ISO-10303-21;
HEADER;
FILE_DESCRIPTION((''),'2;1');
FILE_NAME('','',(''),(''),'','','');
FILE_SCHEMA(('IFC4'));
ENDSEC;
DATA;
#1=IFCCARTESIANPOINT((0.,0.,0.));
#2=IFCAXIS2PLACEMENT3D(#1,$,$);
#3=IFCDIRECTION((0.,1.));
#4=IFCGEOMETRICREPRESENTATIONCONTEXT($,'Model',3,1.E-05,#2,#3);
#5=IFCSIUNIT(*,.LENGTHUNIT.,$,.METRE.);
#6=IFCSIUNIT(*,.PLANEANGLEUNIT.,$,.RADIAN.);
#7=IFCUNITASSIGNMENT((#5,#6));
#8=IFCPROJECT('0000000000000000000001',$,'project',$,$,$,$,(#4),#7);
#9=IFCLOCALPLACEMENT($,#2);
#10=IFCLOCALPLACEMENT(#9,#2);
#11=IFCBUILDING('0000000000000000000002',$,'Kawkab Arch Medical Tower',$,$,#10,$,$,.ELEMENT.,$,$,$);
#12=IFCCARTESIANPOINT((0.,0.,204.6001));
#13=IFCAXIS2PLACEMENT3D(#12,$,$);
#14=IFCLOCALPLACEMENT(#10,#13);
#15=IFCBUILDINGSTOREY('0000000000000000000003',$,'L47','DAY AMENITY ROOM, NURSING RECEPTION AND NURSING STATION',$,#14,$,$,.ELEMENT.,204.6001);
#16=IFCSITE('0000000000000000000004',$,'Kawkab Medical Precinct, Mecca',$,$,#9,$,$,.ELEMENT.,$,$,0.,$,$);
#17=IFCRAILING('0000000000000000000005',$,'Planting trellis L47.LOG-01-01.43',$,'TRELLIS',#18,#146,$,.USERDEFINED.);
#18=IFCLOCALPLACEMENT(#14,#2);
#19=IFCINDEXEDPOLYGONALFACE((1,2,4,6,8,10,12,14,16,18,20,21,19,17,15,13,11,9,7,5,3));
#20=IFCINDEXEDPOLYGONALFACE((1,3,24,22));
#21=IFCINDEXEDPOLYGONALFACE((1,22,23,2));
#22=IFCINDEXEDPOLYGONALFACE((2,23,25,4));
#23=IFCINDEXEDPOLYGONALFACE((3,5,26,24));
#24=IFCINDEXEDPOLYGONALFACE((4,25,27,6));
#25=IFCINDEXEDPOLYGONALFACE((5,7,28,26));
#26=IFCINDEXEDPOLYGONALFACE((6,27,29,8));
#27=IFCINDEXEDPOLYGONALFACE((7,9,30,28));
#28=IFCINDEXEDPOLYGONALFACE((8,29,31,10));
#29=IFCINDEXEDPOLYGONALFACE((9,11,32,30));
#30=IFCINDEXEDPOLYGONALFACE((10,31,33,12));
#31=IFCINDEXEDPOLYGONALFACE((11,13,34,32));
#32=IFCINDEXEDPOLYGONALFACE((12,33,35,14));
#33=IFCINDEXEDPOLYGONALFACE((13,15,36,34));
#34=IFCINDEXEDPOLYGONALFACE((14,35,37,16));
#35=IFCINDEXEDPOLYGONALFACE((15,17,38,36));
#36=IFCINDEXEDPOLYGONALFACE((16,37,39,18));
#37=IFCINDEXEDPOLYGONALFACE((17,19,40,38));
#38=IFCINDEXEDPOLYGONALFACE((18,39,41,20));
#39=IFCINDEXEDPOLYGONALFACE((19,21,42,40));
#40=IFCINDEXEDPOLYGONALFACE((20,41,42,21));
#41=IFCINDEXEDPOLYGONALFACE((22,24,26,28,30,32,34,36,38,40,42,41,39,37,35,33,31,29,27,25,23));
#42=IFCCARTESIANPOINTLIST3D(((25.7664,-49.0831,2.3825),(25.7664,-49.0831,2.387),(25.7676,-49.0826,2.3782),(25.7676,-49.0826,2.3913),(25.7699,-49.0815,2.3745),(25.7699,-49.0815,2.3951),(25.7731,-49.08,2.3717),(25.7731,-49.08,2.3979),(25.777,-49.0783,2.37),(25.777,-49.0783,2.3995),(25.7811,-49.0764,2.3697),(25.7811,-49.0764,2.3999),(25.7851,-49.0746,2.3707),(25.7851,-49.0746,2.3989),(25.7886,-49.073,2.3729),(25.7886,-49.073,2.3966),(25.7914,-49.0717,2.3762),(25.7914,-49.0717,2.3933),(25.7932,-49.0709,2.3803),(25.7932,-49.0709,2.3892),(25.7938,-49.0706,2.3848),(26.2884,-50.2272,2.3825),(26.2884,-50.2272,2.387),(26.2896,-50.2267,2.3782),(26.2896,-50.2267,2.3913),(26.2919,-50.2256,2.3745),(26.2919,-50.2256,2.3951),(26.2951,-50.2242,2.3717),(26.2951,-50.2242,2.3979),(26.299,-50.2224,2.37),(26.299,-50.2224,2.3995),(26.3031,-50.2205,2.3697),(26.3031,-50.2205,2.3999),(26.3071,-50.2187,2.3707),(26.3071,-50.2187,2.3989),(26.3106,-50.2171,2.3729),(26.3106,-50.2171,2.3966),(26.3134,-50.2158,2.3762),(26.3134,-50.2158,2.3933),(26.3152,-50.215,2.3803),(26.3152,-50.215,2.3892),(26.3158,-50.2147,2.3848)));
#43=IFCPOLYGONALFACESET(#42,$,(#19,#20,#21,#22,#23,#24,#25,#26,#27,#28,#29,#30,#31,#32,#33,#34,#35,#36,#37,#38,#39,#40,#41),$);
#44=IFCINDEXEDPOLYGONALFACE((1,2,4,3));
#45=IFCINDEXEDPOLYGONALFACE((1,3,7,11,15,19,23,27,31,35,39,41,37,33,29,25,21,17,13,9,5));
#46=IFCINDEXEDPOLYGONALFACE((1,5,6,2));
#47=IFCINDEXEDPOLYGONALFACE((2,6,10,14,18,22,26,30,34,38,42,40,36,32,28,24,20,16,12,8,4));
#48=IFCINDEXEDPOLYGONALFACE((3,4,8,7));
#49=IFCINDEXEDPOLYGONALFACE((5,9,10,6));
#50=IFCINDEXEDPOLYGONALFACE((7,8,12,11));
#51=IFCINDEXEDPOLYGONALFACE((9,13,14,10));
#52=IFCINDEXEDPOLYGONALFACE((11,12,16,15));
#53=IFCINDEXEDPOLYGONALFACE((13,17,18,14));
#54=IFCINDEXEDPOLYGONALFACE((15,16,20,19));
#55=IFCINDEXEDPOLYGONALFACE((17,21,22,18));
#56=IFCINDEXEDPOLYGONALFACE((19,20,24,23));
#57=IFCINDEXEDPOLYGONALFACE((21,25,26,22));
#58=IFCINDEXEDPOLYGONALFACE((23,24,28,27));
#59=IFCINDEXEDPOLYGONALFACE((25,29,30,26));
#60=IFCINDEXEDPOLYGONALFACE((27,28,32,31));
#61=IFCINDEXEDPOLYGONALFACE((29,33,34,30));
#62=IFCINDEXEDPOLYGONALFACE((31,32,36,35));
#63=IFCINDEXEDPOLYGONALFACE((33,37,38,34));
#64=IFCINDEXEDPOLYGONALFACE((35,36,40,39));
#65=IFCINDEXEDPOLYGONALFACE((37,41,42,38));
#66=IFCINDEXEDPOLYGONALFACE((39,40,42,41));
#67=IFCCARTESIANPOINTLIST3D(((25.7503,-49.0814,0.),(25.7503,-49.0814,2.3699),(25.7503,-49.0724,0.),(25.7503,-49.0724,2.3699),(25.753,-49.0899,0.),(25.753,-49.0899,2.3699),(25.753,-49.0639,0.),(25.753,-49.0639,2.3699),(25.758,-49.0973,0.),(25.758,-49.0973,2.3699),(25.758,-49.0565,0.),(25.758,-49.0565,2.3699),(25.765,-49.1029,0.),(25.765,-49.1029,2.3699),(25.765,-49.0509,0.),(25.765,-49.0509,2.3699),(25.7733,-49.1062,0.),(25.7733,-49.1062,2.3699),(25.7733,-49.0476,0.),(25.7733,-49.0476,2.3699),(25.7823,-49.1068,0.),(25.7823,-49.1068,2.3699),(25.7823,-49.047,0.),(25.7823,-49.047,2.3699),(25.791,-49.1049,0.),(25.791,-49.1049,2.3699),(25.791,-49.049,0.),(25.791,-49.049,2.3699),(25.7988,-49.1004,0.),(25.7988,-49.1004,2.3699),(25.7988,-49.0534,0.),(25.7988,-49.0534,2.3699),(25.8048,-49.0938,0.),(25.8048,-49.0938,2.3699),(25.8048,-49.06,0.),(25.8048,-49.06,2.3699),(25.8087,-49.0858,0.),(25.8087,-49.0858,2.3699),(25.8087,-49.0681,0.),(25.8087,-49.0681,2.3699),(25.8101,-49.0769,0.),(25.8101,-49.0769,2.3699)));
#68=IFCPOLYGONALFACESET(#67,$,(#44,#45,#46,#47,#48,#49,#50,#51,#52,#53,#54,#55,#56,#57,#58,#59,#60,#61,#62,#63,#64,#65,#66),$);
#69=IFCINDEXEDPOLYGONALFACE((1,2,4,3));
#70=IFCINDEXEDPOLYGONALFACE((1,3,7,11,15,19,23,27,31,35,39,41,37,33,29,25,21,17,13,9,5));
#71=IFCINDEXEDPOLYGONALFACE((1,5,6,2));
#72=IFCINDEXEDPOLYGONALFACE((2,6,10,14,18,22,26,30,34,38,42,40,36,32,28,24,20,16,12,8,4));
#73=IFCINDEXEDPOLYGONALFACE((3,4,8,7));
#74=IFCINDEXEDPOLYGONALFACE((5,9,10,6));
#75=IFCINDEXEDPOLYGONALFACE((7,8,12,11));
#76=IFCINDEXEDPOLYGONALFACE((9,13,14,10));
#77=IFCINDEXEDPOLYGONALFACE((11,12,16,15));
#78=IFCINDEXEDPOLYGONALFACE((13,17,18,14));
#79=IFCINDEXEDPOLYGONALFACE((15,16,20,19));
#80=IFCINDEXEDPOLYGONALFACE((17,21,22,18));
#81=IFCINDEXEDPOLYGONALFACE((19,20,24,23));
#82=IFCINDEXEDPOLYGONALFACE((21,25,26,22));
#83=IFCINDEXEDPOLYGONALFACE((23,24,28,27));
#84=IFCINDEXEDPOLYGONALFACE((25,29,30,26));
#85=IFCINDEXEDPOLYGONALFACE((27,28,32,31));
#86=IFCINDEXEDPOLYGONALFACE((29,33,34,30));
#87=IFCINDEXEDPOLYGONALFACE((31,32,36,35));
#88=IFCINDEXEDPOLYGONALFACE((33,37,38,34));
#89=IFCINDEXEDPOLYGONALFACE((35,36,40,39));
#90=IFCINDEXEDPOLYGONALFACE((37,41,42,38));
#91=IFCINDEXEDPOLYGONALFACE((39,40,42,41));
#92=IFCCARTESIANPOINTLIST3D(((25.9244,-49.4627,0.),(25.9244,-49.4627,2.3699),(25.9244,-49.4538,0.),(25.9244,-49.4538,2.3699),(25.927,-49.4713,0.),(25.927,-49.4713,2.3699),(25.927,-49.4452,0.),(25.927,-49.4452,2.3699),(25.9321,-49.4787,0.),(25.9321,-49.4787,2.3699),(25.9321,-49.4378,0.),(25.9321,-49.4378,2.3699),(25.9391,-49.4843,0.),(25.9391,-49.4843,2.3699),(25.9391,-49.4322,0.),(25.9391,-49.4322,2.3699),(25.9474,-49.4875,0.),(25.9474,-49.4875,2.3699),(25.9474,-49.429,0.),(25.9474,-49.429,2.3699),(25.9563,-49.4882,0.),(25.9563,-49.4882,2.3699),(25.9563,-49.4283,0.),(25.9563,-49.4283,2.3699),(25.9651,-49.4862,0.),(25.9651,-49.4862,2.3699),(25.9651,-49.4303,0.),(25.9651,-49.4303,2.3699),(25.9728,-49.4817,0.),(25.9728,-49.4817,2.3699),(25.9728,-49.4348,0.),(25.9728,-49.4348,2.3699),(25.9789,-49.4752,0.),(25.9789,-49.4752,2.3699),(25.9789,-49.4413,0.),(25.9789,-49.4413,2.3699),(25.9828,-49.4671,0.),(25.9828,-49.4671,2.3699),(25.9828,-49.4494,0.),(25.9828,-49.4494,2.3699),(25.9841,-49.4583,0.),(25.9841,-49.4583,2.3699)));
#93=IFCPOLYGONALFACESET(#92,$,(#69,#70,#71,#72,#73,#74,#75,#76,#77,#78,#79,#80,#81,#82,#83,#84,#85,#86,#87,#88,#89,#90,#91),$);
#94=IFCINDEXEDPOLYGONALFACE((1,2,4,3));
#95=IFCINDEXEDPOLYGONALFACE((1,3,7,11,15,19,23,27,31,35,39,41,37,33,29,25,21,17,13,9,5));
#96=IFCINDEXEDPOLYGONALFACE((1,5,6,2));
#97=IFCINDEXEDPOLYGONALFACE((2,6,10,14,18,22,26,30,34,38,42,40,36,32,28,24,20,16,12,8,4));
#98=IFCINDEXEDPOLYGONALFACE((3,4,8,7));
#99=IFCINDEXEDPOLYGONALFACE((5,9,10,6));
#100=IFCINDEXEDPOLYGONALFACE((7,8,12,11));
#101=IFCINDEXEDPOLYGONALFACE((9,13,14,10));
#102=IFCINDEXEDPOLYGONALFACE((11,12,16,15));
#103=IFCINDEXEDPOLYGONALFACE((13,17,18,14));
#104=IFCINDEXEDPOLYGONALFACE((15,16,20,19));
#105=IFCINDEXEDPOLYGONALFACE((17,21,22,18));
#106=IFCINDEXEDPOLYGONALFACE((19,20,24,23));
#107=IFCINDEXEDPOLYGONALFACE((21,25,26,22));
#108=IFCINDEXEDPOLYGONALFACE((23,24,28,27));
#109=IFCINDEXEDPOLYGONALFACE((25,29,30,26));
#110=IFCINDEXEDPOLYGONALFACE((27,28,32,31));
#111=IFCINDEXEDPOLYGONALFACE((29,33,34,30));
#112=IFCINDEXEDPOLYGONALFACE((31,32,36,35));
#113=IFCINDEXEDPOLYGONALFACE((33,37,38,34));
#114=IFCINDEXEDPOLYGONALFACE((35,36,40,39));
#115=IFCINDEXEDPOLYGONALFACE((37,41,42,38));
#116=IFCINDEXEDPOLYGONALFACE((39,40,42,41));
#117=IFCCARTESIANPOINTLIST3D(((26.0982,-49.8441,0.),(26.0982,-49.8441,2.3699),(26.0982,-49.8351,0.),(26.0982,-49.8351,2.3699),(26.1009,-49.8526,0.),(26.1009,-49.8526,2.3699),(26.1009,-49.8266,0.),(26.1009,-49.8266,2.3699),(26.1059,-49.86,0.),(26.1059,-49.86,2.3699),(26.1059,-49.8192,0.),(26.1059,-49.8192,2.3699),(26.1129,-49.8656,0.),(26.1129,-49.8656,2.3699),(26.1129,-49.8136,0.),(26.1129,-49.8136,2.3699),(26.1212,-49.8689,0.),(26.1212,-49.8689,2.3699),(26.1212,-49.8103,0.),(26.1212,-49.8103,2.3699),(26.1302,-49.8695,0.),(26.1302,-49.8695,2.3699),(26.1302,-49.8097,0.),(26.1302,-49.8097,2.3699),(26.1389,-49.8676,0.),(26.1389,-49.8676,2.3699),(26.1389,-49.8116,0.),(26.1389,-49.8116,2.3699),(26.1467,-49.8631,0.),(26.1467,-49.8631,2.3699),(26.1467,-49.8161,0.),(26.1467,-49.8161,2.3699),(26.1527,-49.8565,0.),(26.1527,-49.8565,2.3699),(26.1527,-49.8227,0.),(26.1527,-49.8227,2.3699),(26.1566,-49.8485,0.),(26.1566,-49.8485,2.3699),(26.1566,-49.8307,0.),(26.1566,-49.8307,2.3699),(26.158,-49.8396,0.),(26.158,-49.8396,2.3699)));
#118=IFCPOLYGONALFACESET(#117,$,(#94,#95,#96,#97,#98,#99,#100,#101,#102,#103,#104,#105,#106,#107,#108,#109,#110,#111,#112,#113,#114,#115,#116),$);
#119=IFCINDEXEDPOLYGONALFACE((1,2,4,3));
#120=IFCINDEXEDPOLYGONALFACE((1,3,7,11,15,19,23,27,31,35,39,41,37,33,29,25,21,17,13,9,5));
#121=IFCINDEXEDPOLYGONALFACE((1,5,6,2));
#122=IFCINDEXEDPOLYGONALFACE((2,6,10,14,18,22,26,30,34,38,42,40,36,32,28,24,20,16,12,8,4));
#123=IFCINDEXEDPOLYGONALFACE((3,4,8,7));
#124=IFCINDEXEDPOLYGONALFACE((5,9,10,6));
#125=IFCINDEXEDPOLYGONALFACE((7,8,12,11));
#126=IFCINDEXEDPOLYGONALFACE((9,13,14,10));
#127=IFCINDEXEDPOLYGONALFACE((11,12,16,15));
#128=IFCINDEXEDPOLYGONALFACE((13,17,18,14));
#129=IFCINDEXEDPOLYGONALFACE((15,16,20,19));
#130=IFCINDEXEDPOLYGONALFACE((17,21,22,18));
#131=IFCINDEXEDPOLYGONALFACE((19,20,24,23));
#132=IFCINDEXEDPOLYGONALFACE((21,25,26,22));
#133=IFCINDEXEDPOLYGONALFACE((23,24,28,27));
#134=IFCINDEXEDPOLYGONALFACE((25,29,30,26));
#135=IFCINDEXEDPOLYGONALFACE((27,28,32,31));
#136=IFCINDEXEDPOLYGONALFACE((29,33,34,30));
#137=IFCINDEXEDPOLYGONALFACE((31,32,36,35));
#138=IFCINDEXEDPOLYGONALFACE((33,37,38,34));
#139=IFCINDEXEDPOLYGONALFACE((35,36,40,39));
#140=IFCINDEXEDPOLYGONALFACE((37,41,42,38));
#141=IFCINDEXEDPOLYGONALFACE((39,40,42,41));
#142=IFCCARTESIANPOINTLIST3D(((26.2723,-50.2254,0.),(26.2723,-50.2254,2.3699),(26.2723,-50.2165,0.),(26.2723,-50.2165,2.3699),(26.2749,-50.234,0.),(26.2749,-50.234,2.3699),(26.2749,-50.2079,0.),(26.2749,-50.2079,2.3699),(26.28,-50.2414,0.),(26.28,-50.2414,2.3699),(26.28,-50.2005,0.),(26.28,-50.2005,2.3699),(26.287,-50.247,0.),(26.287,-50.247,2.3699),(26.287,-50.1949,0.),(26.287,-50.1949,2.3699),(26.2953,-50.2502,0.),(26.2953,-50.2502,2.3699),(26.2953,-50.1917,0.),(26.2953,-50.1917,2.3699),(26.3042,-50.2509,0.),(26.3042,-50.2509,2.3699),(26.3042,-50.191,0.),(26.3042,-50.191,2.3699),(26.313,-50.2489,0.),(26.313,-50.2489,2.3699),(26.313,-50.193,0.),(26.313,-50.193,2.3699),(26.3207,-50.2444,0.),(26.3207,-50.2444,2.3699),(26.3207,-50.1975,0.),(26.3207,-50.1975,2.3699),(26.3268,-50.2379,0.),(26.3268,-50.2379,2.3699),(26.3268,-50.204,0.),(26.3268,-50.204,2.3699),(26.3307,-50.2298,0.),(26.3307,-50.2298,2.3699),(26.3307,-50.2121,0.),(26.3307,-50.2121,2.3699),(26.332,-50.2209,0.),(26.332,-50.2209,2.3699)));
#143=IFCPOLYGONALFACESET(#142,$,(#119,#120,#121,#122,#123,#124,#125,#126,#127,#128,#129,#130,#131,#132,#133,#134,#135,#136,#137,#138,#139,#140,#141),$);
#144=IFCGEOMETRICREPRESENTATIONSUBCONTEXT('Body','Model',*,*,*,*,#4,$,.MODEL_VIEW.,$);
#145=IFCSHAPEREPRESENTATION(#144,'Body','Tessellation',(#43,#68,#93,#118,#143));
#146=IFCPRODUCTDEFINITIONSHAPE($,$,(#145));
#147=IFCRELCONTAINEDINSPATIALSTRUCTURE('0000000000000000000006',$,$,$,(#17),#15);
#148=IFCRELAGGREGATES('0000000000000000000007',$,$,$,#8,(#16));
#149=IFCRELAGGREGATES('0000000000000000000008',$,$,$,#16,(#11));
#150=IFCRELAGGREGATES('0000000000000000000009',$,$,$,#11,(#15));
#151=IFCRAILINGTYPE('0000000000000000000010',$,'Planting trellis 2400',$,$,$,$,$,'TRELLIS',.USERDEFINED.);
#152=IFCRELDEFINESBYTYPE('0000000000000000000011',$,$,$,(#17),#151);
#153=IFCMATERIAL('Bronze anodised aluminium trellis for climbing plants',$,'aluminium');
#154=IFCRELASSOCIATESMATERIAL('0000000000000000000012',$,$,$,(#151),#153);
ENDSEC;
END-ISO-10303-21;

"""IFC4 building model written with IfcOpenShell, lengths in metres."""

from ifc_helpers import new_model, si_unit, direction, frame, origin, origin_2d, place, context, subcontext, project, spatial, circle, extrude, material, type_object, element, save


model = new_model("IFC4")

# Units and contexts
model_context = context("Model", 3, precision=1e-05, world=origin(), true_north=direction((0.0, 1.0)))
body_context = subcontext(model_context, "Body", "Model", "MODEL_VIEW")
ifc_project = project(units=[si_unit("LENGTHUNIT", "METRE"), si_unit("PLANEANGLEUNIT", "RADIAN")], contexts=[model_context])

# Site, building, storey
site_placement = place(None, origin())
site = spatial("IfcSite", under=ifc_project, at=site_placement, Name="Kawkab Medical Precinct, Mecca", CompositionType="ELEMENT", RefElevation=0.0)
building_placement = place(site_placement, origin())
building = spatial("IfcBuilding", under=site, at=building_placement, Name="Kawkab Arch Medical Tower", CompositionType="ELEMENT")
storey_placement = place(building_placement, frame((0.0, 0.0, 204.6001)))
storey = spatial("IfcBuildingStorey", under=building, at=storey_placement, Name="L47", Description="DAY AMENITY ROOM, NURSING RECEPTION AND NURSING STATION", CompositionType="ELEMENT", Elevation=204.6001)

# Railing
ifc_material_1 = material(Name="Bronze anodised aluminium trellis for climbing plants", Category="aluminium")
railing_type = type_object("IfcRailingType", Name="Planting trellis 2400", ElementType="TRELLIS", PredefinedType="USERDEFINED", material=ifc_material_1)
railing_1_placement = place(storey_placement, frame((25.78, -49.0769, 0.0)))
element("IfcRailing", 1, at=railing_1_placement, inside=storey, type_object=railing_type, Name="Planting trellis L47.LOG-01-01.43", ObjectType="TRELLIS", PredefinedType="USERDEFINED", context=body_context, shape_type="SweptSolid", body=[
    extrude(circle(Radius=0.0151, at=origin_2d()), frame((0.0, 0.0, 2.3848), z_axis=(0.41509, -0.90978, 0.0), x_axis=(0.90978, 0.41509, 0.0)), (0.0, 0.0, 1.0), 1.2576),
    extrude(circle(Radius=0.03, at=origin_2d()), origin(), (0.0, 0.0, 1.0), 2.3699),
    extrude(circle(Radius=0.03, at=origin_2d()), frame((0.1741, -0.3813, 0.0)), (0.0, 0.0, 1.0), 2.3699),
    extrude(circle(Radius=0.03, at=origin_2d()), frame((0.3479, -0.7627, 0.0)), (0.0, 0.0, 1.0), 2.3699),
    extrude(circle(Radius=0.03, at=origin_2d()), frame((0.522, -1.144, 0.0)), (0.0, 0.0, 1.0), 2.3699),
])

save(model, "model.ifc")
